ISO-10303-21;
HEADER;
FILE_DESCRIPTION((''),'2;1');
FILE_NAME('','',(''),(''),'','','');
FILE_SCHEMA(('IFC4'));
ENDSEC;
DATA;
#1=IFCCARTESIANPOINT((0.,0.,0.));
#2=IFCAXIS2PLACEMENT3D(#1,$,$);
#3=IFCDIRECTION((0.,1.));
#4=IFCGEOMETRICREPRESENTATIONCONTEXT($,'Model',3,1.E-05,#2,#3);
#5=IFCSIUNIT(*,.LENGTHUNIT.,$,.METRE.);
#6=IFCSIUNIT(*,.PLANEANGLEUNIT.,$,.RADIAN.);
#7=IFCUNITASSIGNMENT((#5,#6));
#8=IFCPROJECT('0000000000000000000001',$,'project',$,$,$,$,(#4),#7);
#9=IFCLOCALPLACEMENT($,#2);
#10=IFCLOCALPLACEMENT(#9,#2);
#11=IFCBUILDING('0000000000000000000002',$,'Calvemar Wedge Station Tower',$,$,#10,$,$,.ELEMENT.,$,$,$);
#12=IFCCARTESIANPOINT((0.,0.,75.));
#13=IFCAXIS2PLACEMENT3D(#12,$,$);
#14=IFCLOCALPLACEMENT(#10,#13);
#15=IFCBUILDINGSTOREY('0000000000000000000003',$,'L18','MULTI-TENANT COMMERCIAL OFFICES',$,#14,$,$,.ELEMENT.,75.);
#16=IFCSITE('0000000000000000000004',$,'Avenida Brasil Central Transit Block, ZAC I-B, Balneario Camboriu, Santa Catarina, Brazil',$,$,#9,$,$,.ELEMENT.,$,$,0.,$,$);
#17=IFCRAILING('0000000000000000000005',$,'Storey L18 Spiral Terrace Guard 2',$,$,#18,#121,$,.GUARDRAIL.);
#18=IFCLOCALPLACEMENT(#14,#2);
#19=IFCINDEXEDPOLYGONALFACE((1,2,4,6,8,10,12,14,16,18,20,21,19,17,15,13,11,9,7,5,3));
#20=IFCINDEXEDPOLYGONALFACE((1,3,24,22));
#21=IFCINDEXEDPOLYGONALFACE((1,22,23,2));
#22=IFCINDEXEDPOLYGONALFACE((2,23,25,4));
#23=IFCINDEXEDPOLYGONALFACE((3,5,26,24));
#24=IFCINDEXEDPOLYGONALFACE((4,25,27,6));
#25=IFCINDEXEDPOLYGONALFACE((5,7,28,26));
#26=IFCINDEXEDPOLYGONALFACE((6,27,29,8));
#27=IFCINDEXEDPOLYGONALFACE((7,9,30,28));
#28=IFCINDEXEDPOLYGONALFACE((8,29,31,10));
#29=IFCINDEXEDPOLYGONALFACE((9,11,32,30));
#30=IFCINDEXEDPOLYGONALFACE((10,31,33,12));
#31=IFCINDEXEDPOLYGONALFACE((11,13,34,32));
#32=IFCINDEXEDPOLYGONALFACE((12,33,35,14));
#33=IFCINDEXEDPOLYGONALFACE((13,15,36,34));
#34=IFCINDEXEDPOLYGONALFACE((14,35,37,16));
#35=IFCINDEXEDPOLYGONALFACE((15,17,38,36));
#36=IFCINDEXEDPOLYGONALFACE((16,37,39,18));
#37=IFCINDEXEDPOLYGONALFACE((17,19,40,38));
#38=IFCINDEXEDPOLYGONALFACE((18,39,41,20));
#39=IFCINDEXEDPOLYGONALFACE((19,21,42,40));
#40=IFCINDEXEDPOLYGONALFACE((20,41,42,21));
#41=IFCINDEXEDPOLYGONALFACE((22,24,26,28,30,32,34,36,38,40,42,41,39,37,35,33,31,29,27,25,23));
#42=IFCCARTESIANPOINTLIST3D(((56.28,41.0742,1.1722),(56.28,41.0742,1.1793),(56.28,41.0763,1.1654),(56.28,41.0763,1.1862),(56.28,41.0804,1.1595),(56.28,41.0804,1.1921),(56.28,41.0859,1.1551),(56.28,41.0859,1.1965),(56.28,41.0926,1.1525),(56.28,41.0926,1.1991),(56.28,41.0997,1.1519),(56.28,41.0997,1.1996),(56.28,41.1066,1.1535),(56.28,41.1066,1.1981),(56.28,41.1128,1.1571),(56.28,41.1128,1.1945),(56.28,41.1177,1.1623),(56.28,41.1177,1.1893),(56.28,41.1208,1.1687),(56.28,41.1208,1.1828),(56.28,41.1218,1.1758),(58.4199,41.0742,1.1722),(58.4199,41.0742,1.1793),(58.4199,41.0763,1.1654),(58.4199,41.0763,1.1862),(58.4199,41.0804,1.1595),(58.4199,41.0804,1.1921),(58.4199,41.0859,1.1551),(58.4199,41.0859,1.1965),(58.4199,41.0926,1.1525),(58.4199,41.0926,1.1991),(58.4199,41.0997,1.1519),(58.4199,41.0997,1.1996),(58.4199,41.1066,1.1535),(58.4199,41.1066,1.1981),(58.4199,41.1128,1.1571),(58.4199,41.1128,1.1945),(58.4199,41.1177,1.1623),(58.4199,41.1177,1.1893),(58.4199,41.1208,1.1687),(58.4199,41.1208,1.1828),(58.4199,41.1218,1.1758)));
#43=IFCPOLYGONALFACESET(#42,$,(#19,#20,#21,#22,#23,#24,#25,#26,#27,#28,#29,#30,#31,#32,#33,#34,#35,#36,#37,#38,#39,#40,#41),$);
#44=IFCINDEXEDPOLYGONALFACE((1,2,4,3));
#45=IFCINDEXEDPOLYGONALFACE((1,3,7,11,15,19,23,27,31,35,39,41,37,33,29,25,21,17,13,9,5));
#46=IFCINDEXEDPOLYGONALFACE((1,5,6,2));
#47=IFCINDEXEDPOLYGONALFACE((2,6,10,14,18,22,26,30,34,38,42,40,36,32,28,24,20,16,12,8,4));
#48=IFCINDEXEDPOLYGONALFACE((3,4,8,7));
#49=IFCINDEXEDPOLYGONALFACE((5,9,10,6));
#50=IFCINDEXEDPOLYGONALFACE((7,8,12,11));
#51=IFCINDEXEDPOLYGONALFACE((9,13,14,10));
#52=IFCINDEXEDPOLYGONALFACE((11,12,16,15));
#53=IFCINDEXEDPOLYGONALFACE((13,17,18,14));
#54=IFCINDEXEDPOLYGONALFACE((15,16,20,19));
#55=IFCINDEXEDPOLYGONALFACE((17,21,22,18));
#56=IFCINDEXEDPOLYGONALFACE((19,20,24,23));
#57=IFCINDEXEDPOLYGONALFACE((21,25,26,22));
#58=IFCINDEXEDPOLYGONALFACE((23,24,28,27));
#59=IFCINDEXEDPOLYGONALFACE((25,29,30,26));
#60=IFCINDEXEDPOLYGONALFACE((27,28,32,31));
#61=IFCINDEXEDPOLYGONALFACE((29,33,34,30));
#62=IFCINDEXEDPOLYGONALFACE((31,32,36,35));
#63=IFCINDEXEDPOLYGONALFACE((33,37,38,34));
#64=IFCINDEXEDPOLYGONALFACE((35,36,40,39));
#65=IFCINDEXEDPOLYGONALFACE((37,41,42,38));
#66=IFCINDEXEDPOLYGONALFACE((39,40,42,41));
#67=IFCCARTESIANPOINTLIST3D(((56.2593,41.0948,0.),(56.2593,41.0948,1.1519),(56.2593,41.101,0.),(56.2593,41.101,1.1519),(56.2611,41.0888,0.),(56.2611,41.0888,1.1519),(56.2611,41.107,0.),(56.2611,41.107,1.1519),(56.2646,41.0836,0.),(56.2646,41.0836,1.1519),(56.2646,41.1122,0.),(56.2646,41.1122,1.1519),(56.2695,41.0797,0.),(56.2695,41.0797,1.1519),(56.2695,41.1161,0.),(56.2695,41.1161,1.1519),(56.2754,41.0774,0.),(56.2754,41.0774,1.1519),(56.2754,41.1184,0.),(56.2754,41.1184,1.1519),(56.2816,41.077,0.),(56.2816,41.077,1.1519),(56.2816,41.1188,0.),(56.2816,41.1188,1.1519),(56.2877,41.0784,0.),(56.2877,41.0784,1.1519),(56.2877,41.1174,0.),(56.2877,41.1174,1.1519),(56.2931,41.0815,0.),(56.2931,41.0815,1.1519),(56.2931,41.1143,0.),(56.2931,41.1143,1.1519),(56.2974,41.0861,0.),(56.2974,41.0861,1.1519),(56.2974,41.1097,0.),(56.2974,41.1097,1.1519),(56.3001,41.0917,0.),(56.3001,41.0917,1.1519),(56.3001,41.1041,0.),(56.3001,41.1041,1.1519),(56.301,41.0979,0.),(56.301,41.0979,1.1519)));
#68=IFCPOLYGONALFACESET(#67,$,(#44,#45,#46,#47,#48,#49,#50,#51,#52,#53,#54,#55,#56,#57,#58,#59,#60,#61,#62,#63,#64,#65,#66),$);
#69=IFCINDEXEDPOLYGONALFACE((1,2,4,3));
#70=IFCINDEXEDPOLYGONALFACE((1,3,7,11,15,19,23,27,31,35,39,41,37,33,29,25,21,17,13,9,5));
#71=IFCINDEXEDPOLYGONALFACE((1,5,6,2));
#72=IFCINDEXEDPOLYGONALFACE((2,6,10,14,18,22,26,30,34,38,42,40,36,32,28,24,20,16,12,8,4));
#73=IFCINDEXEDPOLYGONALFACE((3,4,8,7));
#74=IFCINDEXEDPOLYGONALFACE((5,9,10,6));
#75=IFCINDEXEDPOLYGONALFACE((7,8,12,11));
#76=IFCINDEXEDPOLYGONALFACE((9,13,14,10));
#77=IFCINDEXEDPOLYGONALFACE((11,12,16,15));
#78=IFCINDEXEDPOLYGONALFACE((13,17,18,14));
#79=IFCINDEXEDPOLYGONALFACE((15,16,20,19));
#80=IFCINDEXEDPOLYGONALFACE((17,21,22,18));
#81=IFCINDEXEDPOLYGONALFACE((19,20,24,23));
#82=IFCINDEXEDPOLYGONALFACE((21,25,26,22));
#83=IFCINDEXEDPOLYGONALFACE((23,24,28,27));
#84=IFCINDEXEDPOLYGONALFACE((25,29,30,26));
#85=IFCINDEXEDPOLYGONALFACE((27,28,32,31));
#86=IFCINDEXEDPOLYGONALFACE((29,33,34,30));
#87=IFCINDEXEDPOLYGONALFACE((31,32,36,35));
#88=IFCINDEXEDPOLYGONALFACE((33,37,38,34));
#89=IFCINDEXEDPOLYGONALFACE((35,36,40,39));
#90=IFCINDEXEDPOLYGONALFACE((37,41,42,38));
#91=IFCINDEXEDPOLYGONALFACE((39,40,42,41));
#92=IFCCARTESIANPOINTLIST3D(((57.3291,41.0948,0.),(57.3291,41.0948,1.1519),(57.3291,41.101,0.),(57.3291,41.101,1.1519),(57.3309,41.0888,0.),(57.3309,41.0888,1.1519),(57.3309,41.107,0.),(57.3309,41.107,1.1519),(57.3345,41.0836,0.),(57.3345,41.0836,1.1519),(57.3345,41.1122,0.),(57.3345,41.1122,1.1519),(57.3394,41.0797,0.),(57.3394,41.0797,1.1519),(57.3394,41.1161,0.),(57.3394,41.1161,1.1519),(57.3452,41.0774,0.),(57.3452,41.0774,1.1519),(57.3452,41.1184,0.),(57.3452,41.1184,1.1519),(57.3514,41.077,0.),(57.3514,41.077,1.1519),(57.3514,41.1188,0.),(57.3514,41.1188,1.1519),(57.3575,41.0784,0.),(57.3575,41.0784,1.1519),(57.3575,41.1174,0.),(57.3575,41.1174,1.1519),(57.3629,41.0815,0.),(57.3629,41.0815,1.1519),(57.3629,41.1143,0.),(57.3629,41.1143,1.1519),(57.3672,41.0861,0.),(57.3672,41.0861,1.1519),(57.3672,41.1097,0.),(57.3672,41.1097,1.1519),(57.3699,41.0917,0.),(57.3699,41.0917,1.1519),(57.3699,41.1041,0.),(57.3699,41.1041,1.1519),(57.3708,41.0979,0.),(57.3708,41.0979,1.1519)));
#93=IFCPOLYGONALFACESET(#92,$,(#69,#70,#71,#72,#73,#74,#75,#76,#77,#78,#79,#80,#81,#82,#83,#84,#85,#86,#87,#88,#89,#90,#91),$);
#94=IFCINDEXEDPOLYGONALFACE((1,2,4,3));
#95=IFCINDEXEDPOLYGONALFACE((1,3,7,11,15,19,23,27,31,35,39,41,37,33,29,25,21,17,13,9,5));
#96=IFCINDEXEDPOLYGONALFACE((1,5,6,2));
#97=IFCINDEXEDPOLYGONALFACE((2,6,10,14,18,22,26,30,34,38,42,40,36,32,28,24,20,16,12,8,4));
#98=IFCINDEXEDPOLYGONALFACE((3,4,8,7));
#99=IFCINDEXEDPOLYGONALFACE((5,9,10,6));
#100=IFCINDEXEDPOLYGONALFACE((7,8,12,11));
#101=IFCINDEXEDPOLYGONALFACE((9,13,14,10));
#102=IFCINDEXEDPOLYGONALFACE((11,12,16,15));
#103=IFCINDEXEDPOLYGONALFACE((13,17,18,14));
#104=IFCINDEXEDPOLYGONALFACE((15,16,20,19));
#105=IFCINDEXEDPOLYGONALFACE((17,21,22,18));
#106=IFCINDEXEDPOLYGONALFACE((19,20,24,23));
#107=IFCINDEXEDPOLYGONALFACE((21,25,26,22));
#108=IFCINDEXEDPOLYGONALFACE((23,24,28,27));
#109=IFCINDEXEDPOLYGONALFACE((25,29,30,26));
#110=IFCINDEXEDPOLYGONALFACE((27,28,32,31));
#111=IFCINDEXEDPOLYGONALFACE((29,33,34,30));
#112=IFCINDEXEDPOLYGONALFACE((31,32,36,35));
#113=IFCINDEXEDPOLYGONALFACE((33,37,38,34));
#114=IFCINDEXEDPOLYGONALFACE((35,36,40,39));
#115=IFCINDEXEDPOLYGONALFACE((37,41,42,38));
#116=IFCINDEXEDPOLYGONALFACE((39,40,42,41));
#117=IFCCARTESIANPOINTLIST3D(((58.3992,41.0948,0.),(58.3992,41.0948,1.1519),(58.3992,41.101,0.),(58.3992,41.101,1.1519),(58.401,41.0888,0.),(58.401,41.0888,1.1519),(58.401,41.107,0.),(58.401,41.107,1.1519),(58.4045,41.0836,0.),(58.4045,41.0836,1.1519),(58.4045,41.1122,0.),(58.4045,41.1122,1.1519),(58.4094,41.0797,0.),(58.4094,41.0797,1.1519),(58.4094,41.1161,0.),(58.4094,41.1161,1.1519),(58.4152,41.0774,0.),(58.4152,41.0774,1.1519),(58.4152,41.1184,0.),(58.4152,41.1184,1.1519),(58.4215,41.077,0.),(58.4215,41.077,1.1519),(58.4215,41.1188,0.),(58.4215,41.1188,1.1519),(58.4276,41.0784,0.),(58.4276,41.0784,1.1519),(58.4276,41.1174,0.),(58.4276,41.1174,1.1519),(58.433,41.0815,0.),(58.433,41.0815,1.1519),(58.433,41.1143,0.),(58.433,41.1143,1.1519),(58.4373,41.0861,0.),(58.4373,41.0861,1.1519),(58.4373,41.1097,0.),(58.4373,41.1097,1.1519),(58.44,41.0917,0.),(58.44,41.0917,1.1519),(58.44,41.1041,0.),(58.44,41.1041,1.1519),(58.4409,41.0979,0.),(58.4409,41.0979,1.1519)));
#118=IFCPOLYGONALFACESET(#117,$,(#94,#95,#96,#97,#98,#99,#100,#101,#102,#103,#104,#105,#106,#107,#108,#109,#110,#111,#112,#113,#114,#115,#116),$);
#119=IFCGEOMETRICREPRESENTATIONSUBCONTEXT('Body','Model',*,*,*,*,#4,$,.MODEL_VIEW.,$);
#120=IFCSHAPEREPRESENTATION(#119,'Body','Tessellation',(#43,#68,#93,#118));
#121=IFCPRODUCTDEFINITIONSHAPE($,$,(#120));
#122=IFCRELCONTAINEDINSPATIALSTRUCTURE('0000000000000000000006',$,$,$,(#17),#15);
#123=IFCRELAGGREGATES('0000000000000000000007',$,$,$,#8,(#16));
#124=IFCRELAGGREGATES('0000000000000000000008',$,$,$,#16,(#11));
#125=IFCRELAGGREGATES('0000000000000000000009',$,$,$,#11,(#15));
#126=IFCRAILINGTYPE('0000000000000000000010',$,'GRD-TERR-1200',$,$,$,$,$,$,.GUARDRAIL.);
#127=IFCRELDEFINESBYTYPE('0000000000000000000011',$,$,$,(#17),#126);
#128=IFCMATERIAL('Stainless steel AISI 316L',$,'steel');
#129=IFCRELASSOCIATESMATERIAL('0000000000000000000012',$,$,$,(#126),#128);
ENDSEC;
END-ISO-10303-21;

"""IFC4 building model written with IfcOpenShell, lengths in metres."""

from ifc_helpers import new_model, si_unit, direction, frame, origin, origin_2d, place, context, subcontext, project, spatial, circle, extrude, material, type_object, element, save


model = new_model("IFC4")

# Units and contexts
model_context = context("Model", 3, precision=1e-05, world=origin(), true_north=direction((0.0, 1.0)))
body_context = subcontext(model_context, "Body", "Model", "MODEL_VIEW")
ifc_project = project(units=[si_unit("LENGTHUNIT", "METRE"), si_unit("PLANEANGLEUNIT", "RADIAN")], contexts=[model_context])

# Site, building, storey
site_placement = place(None, origin())
site = spatial("IfcSite", under=ifc_project, at=site_placement, Name="Avenida Brasil Central Transit Block, ZAC I-B, Balneario Camboriu, Santa Catarina, Brazil", CompositionType="ELEMENT", RefElevation=0.0)
building_placement = place(site_placement, origin())
building = spatial("IfcBuilding", under=site, at=building_placement, Name="Calvemar Wedge Station Tower", CompositionType="ELEMENT")
storey_placement = place(building_placement, frame((0.0, 0.0, 75.0)))
storey = spatial("IfcBuildingStorey", under=building, at=storey_placement, Name="L18", Description="MULTI-TENANT COMMERCIAL OFFICES", CompositionType="ELEMENT", Elevation=75.0)

# Railing
ifc_material_1 = material(Name="Stainless steel AISI 316L", Category="steel")
railing_type = type_object("IfcRailingType", Name="GRD-TERR-1200", PredefinedType="GUARDRAIL", material=ifc_material_1)
railing_1_placement = place(storey_placement, frame((56.28, 41.0979, 0.0)))
element("IfcRailing", 1, at=railing_1_placement, inside=storey, type_object=railing_type, Name="Storey L18 Spiral Terrace Guard 2", PredefinedType="GUARDRAIL", context=body_context, shape_type="SweptSolid", body=[
    extrude(circle(Radius=0.0239, at=origin_2d()), frame((0.0, 0.0, 1.1758), z_axis=(1.0, 0.0, 0.0), x_axis=(0.0, 1.0, 0.0)), (0.0, 0.0, 1.0), 2.1399),
    extrude(circle(Radius=0.021, at=origin_2d()), origin(), (0.0, 0.0, 1.0), 1.1519),
    extrude(circle(Radius=0.021, at=origin_2d()), frame((1.0698, 0.0, 0.0)), (0.0, 0.0, 1.0), 1.1519),
    extrude(circle(Radius=0.021, at=origin_2d()), frame((2.1399, 0.0, 0.0)), (0.0, 0.0, 1.0), 1.1519),
])

save(model, "model.ifc")
